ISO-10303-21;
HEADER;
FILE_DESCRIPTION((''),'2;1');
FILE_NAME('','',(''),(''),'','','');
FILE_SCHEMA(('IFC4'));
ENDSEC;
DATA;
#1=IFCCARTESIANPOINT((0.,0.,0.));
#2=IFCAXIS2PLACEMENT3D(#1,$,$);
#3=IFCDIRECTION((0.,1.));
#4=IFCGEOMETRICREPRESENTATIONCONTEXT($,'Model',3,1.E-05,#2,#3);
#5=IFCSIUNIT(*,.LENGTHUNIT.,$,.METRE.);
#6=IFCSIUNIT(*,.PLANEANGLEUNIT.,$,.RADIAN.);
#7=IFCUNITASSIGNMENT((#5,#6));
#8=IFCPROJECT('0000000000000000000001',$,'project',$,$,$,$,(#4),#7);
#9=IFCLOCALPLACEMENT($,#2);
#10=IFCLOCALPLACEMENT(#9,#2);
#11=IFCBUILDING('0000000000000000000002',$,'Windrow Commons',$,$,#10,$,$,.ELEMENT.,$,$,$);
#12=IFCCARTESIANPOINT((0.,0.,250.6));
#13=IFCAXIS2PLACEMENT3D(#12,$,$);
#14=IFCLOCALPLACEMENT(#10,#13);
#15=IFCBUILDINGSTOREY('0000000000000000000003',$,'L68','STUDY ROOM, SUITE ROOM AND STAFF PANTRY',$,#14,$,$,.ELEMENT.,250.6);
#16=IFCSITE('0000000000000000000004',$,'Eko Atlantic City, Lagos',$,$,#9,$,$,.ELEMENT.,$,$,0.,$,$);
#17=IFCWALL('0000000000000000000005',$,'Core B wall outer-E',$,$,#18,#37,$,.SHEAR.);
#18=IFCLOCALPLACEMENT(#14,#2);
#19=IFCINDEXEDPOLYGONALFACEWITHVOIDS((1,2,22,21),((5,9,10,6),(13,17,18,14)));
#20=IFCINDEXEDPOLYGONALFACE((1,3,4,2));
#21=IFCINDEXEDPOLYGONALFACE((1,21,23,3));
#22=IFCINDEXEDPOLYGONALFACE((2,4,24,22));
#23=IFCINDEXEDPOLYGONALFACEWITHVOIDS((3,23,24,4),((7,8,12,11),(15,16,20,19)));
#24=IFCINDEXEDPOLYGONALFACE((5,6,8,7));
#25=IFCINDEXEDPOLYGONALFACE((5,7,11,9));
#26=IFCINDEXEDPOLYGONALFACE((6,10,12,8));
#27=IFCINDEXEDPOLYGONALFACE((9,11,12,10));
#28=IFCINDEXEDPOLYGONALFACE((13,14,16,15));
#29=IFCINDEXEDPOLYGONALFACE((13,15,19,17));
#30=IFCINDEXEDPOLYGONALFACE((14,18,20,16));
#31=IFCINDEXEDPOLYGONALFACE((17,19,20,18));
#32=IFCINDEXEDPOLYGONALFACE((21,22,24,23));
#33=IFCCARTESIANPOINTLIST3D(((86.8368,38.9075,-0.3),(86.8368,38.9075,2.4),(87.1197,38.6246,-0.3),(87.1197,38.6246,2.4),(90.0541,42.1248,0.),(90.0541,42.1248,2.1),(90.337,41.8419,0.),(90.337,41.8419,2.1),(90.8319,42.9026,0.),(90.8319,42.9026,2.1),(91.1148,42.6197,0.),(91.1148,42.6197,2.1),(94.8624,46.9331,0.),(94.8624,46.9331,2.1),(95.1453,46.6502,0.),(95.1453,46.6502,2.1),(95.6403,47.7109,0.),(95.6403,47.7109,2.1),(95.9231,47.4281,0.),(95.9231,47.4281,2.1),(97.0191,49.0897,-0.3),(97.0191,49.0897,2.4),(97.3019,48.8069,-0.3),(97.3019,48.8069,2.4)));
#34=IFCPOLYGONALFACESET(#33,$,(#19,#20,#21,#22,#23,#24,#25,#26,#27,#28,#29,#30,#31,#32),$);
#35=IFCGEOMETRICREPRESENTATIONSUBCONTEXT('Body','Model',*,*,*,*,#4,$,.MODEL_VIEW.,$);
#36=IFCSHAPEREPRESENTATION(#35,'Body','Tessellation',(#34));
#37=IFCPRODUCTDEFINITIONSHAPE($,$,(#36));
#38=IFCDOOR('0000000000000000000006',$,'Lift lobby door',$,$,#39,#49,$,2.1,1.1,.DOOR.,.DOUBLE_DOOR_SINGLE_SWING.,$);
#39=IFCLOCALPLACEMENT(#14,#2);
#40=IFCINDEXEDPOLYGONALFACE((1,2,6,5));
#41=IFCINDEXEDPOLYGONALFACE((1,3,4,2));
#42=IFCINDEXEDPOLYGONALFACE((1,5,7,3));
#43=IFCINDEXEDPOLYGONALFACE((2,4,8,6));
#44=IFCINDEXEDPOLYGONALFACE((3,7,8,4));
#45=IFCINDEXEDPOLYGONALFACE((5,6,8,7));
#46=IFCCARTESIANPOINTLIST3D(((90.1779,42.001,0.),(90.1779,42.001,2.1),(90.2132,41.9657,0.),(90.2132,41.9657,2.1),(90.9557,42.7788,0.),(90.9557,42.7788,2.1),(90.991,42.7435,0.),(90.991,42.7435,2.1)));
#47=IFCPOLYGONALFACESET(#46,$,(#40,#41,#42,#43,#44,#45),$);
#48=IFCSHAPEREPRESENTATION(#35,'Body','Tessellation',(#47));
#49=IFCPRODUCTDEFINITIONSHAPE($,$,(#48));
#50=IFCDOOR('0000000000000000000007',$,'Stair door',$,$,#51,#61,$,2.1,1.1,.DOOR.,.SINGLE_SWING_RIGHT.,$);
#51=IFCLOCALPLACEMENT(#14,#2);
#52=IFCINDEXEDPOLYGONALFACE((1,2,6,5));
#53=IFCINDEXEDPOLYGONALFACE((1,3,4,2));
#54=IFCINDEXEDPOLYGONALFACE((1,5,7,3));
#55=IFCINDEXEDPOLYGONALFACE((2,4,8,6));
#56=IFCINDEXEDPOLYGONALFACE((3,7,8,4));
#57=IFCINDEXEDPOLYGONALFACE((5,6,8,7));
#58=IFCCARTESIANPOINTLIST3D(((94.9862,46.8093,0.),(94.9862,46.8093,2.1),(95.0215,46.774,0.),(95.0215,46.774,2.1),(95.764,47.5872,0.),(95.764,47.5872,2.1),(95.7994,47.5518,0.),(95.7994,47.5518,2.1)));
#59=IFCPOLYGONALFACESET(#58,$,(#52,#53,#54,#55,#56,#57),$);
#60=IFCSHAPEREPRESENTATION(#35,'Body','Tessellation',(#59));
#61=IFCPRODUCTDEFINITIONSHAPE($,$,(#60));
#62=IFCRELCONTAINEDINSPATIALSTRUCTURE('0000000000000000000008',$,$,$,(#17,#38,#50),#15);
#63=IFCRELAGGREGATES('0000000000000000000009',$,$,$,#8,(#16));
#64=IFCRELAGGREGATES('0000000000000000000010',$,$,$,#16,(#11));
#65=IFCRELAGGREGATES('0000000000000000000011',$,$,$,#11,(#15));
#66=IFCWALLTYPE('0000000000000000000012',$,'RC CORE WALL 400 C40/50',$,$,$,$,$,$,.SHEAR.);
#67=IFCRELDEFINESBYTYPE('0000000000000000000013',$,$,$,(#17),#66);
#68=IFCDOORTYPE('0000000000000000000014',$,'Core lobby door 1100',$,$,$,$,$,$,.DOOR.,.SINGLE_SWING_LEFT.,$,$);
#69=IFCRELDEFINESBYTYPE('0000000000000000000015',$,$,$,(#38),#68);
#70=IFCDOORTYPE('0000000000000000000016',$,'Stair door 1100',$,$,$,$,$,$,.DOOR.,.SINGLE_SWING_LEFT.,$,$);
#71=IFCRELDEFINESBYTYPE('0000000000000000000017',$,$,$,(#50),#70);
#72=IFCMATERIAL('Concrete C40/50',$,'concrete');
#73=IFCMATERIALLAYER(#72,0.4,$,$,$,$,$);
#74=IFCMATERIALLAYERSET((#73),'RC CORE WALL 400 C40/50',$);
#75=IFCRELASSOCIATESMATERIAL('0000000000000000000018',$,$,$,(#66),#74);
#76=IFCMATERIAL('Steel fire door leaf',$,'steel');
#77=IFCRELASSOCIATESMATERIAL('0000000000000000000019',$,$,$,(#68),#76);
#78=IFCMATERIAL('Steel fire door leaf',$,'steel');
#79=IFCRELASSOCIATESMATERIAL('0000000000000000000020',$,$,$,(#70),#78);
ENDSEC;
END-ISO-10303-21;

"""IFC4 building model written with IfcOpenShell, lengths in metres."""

from ifc_helpers import new_model, si_unit, direction, frame, frame_2d, origin, place, context, subcontext, project, spatial, rectangle, extrude, material, layer, layer_set, type_object, element, fill, save


model = new_model("IFC4")

# Units and contexts
model_context = context("Model", 3, precision=1e-05, world=origin(), true_north=direction((0.0, 1.0)))
body_context = subcontext(model_context, "Body", "Model", "MODEL_VIEW")
ifc_project = project(units=[si_unit("LENGTHUNIT", "METRE"), si_unit("PLANEANGLEUNIT", "RADIAN")], contexts=[model_context])

# Site, building, storey
site_placement = place(None, origin())
site = spatial("IfcSite", under=ifc_project, at=site_placement, Name="Eko Atlantic City, Lagos", CompositionType="ELEMENT", RefElevation=0.0)
building_placement = place(site_placement, origin())
building = spatial("IfcBuilding", under=site, at=building_placement, Name="Windrow Commons", CompositionType="ELEMENT")
storey_placement = place(building_placement, frame((0.0, 0.0, 250.6)))
storey = spatial("IfcBuildingStorey", under=building, at=storey_placement, Name="L68", Description="STUDY ROOM, SUITE ROOM AND STAFF PANTRY", CompositionType="ELEMENT", Elevation=250.6)

# Wall, openings, doors
ifc_material_1 = material(Name="Concrete C40/50", Category="concrete")
ifc_layer_1 = layer(ifc_material_1, 0.4)
ifc_layer_set_1 = layer_set([ifc_layer_1], Name="RC CORE WALL 400 C40/50")
wall_type_1 = type_object("IfcWallType", Name="RC CORE WALL 400 C40/50", PredefinedType="SHEAR", material=ifc_layer_set_1)
wall_1_placement = place(storey_placement, frame((86.9782, 38.766, -0.3), z_axis=(0.0, 0.0, 1.0), x_axis=(0.707107, 0.707107, 0.0)))
wall_1 = element("IfcWall", 1, at=wall_1_placement, inside=storey, type_object=wall_type_1, Name="Core B wall outer-E", PredefinedType="SHEAR", context=body_context, shape_type="SweptSolid", body=[
    extrude(rectangle(XDim=14.3999, YDim=0.4, at=frame_2d((7.2, 0.0))), origin(), (0.0, 0.0, 1.0), 2.7),
])
opening_1_placement = place(wall_1_placement, frame((4.55, 0.0, 0.3)))
opening_1 = element("IfcOpeningElement", 2, at=opening_1_placement, cuts=wall_1, PredefinedType="OPENING", context=body_context, shape_type="SweptSolid", body=[
    extrude(rectangle(XDim=1.1, YDim=2.1, at=frame_2d((0.55, 1.05))), frame((0.0, 0.21, 0.0), z_axis=(0.0, -1.0, 0.0), x_axis=(1.0, 0.0, 0.0)), (0.0, 0.0, 1.0), 0.42),
])
opening_2_placement = place(wall_1_placement, frame((11.35, 0.0, 0.3)))
opening_2 = element("IfcOpeningElement", 3, at=opening_2_placement, cuts=wall_1, PredefinedType="OPENING", context=body_context, shape_type="SweptSolid", body=[
    extrude(rectangle(XDim=1.1, YDim=2.1, at=frame_2d((0.55, 1.05))), frame((0.0, 0.21, 0.0), z_axis=(0.0, -1.0, 0.0), x_axis=(1.0, 0.0, 0.0)), (0.0, 0.0, 1.0), 0.42),
])
ifc_material_2 = material(Name="Steel fire door leaf", Category="steel")
door_type_1 = type_object("IfcDoorType", Name="Core lobby door 1100", OperationType="SINGLE_SWING_LEFT", PredefinedType="DOOR", material=ifc_material_2)
door_1_placement = place(opening_1_placement, origin())
door_1 = element("IfcDoor", 4, at=door_1_placement, inside=storey, type_object=door_type_1, Name="Lift lobby door", OperationType="DOUBLE_DOOR_SINGLE_SWING", OverallHeight=2.1, OverallWidth=1.1, PredefinedType="DOOR", context=body_context, shape_type="SweptSolid", body=[
    extrude(rectangle(XDim=1.1, YDim=2.1, at=frame_2d((0.55, 1.05))), frame((0.0, 0.025, 0.0), z_axis=(0.0, -1.0, 0.0), x_axis=(1.0, 0.0, 0.0)), (0.0, 0.0, 1.0), 0.05),
])
fill(opening_1, door_1)
ifc_material_3 = material(Name="Steel fire door leaf", Category="steel")
door_type_2 = type_object("IfcDoorType", Name="Stair door 1100", OperationType="SINGLE_SWING_LEFT", PredefinedType="DOOR", material=ifc_material_3)
door_2_placement = place(opening_2_placement, origin())
door_2 = element("IfcDoor", 5, at=door_2_placement, inside=storey, type_object=door_type_2, Name="Stair door", OperationType="SINGLE_SWING_RIGHT", OverallHeight=2.1, OverallWidth=1.1, PredefinedType="DOOR", context=body_context, shape_type="SweptSolid", body=[
    extrude(rectangle(XDim=1.1, YDim=2.1, at=frame_2d((0.55, 1.05))), frame((0.0, 0.025, 0.0), z_axis=(0.0, -1.0, 0.0), x_axis=(1.0, 0.0, 0.0)), (0.0, 0.0, 1.0), 0.05),
])
fill(opening_2, door_2)

save(model, "model.ifc")
